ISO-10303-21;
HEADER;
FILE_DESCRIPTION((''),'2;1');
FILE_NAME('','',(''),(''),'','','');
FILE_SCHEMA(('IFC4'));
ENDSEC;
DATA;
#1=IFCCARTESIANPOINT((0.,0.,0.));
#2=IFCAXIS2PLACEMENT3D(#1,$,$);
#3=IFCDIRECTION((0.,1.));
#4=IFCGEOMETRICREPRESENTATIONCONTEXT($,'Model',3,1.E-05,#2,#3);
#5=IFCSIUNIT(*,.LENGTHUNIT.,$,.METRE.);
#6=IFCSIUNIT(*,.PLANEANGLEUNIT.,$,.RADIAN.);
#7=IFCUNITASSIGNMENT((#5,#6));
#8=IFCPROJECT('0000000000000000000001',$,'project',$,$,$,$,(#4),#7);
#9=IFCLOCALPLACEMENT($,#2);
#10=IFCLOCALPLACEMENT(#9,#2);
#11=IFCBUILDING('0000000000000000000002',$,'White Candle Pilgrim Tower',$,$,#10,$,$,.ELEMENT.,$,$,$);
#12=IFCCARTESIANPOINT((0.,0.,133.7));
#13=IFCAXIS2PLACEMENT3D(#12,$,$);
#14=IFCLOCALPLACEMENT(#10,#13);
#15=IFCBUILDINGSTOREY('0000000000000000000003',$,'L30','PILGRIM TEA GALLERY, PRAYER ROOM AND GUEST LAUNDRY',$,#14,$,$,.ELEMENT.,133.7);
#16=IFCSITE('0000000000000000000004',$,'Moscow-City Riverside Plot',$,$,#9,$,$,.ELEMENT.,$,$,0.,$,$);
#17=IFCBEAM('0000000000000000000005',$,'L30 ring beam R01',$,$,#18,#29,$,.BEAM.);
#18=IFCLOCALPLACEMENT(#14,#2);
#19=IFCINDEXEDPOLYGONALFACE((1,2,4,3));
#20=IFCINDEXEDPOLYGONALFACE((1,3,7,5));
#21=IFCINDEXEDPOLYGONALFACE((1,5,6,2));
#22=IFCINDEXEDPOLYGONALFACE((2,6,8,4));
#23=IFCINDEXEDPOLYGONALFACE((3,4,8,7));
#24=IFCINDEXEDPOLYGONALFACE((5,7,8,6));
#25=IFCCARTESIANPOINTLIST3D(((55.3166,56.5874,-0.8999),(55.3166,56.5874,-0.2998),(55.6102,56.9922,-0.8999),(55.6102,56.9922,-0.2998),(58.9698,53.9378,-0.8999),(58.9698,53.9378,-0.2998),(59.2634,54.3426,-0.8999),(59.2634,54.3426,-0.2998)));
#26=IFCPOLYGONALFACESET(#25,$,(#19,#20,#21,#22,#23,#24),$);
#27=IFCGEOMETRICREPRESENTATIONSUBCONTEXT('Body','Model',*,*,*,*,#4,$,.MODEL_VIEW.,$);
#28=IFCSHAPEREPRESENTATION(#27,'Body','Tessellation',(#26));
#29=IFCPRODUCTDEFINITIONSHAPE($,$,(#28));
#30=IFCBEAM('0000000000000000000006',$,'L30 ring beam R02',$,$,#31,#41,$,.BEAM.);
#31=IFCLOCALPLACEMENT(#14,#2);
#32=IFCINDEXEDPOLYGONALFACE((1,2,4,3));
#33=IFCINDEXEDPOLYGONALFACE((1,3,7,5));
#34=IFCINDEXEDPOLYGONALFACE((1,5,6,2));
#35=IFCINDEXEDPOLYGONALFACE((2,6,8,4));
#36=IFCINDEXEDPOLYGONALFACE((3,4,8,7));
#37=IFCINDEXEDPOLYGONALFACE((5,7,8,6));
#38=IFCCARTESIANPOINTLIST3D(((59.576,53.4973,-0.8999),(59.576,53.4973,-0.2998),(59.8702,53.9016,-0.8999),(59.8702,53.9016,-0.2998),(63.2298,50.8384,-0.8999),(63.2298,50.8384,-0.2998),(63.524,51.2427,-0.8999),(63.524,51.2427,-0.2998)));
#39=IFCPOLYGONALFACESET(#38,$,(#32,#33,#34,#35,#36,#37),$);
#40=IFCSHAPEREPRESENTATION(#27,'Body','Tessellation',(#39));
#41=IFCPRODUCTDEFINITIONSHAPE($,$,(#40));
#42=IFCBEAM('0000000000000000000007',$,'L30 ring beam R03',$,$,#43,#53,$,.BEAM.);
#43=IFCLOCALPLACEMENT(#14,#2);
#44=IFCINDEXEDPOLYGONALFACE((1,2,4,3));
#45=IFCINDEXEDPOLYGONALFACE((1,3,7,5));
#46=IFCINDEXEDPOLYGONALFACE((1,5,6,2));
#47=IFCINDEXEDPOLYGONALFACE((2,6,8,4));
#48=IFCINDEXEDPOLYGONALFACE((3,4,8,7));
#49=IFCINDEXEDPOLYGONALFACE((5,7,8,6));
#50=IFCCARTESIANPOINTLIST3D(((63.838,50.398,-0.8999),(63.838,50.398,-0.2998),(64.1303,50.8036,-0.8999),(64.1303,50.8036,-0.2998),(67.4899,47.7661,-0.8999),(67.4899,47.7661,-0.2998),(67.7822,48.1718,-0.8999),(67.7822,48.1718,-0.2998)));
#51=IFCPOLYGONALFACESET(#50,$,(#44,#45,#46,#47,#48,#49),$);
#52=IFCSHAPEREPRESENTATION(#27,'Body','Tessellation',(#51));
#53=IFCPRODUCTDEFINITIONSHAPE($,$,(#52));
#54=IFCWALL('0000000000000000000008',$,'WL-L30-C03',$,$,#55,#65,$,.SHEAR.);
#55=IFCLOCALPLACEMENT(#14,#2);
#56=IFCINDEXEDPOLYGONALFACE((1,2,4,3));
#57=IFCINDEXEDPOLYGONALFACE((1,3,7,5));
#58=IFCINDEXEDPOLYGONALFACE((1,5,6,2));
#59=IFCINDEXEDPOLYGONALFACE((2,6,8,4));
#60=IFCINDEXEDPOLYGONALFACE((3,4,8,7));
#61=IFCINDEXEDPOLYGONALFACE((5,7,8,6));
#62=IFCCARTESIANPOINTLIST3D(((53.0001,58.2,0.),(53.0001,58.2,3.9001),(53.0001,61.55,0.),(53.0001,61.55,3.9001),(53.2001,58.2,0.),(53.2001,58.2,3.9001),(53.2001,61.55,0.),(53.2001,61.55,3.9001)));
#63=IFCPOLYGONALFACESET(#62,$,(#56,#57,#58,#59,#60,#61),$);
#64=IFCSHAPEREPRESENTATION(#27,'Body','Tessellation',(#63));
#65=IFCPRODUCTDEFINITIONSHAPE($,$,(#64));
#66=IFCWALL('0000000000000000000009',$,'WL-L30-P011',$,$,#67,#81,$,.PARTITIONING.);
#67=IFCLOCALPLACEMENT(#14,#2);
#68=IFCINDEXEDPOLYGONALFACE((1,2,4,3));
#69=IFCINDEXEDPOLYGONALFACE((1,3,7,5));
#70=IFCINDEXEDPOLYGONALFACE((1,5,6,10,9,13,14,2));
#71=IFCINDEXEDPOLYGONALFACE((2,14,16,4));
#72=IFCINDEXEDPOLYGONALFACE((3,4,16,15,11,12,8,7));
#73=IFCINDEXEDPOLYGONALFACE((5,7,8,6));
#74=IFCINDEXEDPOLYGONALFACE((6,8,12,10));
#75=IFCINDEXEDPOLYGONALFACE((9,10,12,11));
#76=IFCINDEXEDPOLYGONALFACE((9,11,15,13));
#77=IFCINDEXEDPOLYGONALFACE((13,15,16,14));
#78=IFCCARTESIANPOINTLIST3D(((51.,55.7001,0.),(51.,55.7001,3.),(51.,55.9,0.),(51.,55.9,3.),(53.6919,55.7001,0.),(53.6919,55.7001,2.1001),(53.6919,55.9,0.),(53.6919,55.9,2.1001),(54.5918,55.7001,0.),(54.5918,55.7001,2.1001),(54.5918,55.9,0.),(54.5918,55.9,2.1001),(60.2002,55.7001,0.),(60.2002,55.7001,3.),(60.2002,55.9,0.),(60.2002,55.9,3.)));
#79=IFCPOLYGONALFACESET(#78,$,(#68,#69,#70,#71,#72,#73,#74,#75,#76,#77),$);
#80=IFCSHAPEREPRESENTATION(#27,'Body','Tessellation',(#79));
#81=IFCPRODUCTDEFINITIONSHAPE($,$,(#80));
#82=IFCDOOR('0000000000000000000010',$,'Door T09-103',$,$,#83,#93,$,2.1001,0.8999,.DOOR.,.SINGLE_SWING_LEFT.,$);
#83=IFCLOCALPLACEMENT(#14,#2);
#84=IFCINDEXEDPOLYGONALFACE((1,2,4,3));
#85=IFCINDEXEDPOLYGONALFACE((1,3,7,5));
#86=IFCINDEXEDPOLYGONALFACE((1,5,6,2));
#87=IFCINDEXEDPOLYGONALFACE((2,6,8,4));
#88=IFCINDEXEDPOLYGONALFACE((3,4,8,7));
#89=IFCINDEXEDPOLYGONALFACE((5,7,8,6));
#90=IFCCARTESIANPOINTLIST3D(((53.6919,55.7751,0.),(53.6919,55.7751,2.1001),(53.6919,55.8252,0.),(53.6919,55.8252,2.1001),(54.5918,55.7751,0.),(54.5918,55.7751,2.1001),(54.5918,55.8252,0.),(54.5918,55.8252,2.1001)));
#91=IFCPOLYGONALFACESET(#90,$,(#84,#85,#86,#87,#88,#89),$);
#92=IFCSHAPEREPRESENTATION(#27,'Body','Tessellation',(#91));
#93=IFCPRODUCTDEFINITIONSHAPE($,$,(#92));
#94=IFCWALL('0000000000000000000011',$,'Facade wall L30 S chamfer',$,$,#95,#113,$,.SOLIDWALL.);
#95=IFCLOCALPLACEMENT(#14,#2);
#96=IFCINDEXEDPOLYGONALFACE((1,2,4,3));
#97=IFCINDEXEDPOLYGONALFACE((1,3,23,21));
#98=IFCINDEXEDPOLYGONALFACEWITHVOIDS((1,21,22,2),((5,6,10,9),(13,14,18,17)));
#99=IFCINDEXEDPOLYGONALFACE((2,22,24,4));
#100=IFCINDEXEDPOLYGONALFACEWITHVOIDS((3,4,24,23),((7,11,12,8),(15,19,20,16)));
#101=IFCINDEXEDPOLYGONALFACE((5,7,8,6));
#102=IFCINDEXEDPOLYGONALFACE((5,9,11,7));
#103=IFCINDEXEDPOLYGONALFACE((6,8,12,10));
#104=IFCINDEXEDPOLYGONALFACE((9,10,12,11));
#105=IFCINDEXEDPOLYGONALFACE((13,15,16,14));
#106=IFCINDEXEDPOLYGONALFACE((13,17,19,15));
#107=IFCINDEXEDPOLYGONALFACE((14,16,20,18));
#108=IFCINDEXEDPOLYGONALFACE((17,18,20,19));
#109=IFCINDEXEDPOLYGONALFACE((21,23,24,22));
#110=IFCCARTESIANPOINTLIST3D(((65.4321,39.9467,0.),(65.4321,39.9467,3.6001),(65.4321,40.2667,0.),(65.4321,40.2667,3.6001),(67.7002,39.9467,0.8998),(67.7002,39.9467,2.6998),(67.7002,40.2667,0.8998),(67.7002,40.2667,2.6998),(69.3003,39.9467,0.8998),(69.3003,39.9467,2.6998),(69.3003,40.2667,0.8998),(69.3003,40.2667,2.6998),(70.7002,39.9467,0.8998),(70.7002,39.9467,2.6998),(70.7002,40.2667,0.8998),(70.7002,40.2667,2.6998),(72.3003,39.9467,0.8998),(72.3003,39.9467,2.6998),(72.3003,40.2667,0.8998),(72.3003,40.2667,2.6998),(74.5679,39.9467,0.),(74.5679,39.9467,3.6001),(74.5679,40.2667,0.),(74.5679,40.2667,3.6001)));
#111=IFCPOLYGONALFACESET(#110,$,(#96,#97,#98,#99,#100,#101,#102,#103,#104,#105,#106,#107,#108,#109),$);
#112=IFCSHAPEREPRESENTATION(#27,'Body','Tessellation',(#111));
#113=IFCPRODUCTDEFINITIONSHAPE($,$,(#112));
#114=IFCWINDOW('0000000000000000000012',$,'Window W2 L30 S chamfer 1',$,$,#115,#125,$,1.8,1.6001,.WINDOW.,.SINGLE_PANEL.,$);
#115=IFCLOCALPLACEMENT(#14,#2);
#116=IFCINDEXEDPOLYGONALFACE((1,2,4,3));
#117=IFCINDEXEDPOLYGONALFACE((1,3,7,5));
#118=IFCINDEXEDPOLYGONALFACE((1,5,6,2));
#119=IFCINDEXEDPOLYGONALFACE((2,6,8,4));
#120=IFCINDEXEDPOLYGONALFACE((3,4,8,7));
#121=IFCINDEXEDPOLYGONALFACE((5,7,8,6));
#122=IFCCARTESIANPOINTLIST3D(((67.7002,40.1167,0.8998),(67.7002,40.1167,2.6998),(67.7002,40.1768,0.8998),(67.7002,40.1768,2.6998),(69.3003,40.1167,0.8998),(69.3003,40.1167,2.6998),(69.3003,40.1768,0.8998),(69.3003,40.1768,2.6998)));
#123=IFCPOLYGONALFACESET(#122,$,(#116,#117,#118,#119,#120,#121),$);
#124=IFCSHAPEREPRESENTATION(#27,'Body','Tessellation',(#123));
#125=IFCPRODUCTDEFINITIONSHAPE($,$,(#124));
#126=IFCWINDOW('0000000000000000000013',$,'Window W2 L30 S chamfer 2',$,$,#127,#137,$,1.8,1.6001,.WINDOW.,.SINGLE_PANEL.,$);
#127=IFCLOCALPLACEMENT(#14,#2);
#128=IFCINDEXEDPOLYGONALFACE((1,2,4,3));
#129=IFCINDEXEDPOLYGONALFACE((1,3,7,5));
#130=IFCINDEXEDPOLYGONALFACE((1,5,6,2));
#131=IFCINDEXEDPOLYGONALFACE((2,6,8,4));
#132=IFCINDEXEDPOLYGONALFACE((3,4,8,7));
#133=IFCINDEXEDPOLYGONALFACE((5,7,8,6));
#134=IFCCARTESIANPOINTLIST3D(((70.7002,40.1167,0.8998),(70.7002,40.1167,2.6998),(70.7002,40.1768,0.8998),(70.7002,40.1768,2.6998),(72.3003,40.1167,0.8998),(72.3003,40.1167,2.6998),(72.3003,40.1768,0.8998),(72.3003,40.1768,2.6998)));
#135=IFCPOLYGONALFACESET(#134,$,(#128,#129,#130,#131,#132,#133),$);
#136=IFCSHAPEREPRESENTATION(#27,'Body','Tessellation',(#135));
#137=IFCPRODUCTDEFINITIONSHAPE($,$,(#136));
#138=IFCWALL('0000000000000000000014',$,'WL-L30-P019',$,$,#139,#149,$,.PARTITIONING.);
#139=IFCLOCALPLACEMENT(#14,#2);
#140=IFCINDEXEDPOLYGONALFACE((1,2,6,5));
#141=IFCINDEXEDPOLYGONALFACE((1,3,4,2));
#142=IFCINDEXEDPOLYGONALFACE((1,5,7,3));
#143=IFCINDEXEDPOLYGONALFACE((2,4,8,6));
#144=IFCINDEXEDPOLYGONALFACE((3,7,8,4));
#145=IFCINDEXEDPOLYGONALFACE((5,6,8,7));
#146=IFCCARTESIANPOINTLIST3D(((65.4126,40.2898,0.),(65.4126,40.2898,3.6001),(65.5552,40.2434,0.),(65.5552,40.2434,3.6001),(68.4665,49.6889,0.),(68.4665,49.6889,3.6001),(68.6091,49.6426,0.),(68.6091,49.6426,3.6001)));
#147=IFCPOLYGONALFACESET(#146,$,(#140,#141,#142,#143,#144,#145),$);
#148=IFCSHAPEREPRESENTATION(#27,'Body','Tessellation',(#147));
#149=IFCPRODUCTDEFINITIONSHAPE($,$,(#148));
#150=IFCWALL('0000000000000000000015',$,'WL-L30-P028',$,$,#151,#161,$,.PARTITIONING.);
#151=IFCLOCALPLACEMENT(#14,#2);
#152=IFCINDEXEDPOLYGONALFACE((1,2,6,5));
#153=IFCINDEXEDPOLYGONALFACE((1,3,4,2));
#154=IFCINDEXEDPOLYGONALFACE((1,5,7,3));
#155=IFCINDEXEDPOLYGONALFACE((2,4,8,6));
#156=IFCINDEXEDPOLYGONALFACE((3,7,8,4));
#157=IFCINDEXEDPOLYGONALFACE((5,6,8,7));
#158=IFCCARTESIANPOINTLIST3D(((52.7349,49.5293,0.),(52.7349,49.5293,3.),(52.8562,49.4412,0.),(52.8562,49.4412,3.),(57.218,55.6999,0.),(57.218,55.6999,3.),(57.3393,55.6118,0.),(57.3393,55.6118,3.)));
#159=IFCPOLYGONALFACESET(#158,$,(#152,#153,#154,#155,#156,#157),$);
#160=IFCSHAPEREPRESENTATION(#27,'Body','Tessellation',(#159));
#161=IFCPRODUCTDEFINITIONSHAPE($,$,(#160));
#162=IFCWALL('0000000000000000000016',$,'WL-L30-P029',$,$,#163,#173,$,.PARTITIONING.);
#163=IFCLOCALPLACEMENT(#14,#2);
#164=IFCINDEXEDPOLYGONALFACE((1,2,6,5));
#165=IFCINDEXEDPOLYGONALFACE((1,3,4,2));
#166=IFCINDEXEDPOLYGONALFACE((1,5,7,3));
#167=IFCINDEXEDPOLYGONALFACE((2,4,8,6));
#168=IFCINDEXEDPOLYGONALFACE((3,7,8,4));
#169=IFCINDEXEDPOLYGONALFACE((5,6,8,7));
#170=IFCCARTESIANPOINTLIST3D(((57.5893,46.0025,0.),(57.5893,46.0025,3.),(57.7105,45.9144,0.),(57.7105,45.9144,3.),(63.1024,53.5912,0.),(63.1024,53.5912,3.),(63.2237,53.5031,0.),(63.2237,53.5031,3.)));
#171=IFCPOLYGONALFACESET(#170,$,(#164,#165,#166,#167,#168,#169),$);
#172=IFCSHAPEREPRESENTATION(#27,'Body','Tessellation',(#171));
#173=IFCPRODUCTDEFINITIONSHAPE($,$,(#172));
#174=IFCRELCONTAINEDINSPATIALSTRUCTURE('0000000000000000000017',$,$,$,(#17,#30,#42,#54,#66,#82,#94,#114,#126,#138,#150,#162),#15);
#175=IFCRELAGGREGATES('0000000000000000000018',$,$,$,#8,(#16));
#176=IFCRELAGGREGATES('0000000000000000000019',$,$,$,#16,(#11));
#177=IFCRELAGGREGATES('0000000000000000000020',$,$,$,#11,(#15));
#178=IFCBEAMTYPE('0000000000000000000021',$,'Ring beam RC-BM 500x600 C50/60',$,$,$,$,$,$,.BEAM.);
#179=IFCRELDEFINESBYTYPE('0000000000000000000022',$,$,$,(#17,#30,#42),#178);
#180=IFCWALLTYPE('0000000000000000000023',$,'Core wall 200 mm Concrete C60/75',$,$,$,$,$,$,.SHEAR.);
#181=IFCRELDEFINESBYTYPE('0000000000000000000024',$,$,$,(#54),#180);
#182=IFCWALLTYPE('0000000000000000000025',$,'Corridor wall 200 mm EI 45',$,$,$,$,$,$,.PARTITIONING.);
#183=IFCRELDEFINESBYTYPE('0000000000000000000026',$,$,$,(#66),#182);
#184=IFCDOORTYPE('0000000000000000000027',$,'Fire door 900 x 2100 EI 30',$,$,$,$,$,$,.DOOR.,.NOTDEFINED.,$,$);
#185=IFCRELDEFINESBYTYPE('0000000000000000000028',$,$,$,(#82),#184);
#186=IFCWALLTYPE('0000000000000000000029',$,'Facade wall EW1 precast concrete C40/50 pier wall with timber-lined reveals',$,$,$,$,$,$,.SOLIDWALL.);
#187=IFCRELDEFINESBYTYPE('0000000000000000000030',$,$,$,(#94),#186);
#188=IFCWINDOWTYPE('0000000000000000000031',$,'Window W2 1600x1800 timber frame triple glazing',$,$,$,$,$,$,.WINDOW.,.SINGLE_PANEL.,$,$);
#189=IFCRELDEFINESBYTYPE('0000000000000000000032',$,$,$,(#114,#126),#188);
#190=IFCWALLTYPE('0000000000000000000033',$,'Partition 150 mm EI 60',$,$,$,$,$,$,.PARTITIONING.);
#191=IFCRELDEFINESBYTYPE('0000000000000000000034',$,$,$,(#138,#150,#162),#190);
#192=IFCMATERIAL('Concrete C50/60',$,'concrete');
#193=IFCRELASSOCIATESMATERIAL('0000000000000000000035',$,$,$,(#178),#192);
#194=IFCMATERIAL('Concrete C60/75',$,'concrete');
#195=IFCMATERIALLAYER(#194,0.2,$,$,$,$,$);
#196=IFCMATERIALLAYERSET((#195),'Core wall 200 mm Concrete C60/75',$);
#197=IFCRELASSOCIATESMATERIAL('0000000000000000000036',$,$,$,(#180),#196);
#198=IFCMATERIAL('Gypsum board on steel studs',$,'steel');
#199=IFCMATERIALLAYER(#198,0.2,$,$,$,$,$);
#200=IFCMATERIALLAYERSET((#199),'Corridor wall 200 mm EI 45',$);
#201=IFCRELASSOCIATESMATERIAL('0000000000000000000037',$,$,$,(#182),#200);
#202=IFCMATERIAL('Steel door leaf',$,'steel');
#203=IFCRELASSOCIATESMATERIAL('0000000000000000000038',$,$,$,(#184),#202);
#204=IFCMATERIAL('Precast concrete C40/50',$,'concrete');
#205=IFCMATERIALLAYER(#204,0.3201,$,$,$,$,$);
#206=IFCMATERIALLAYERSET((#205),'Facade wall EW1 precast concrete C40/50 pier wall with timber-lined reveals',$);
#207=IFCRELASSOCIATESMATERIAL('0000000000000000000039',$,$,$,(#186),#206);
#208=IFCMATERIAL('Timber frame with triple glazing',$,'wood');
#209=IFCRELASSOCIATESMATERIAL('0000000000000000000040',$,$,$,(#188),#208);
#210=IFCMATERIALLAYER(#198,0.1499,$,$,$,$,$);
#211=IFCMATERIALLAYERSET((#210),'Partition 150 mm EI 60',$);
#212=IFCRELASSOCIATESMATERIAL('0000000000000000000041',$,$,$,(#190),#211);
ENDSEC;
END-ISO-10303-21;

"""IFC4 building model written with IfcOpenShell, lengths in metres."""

from ifc_helpers import new_model, si_unit, direction, frame, frame_2d, origin, origin_2d, place, context, subcontext, project, spatial, rectangle, extrude, material, layer, layer_set, material_profile, profile_set, type_object, element, fill, save


model = new_model("IFC4")

# Units and contexts
model_context = context("Model", 3, precision=1e-05, world=origin(), true_north=direction((0.0, 1.0)))
body_context = subcontext(model_context, "Body", "Model", "MODEL_VIEW")
ifc_project = project(units=[si_unit("LENGTHUNIT", "METRE"), si_unit("PLANEANGLEUNIT", "RADIAN")], contexts=[model_context])

# Site, building, storey
site_placement = place(None, origin())
site = spatial("IfcSite", under=ifc_project, at=site_placement, Name="Moscow-City Riverside Plot", CompositionType="ELEMENT", RefElevation=0.0)
building_placement = place(site_placement, origin())
building = spatial("IfcBuilding", under=site, at=building_placement, Name="White Candle Pilgrim Tower", CompositionType="ELEMENT")
storey_placement = place(building_placement, frame((0.0, 0.0, 133.7)))
storey = spatial("IfcBuildingStorey", under=building, at=storey_placement, Name="L30", Description="PILGRIM TEA GALLERY, PRAYER ROOM AND GUEST LAUNDRY", CompositionType="ELEMENT", Elevation=133.7)

# Beams
ifc_material_1 = material(Name="Concrete C50/60", Category="concrete")
ifc_material_profile_1 = material_profile(ifc_material_1, rectangle(XDim=0.5, YDim=0.6001, at=origin_2d()), Name="RC-BM 500x600")
ifc_profile_set_1 = profile_set([ifc_material_profile_1], Name="Concrete C50/60")
beam_type = type_object("IfcBeamType", Name="Ring beam RC-BM 500x600 C50/60", PredefinedType="BEAM", material=ifc_profile_set_1)
beam_1_placement = place(storey_placement, frame((55.4634, 56.7898, -0.5999), z_axis=(0.809505, -0.587113, 0.0), x_axis=(0.587113, 0.809505, 0.0)))
element("IfcBeam", 1, at=beam_1_placement, inside=storey, type_object=beam_type, Name="L30 ring beam R01", PredefinedType="BEAM", context=body_context, shape_type="SweptSolid", body=[
    extrude(rectangle(XDim=0.5, YDim=0.6001, at=origin_2d()), origin(), (0.0, 0.0, 1.0), 4.5129),
])
beam_2_placement = place(storey_placement, frame((59.7231, 53.6995, -0.5999), z_axis=(0.808566, -0.588406, 0.0), x_axis=(0.588406, 0.808566, 0.0)))
element("IfcBeam", 2, at=beam_2_placement, inside=storey, type_object=beam_type, Name="L30 ring beam R02", PredefinedType="BEAM", context=body_context, shape_type="SweptSolid", body=[
    extrude(rectangle(XDim=0.5, YDim=0.6001, at=origin_2d()), origin(), (0.0, 0.0, 1.0), 4.5188),
])
beam_3_placement = place(storey_placement, frame((63.9841, 50.6008, -0.5999), z_axis=(0.811271, -0.58467, 0.0), x_axis=(0.58467, 0.811271, 0.0)))
element("IfcBeam", 3, at=beam_3_placement, inside=storey, type_object=beam_type, Name="L30 ring beam R03", PredefinedType="BEAM", context=body_context, shape_type="SweptSolid", body=[
    extrude(rectangle(XDim=0.5, YDim=0.6001, at=origin_2d()), origin(), (0.0, 0.0, 1.0), 4.5015),
])

# Wall
ifc_material_2 = material(Name="Concrete C60/75", Category="concrete")
ifc_layer_1 = layer(ifc_material_2, 0.2)
ifc_layer_set_1 = layer_set([ifc_layer_1], Name="Core wall 200 mm Concrete C60/75")
wall_type_1 = type_object("IfcWallType", Name="Core wall 200 mm Concrete C60/75", PredefinedType="SHEAR", material=ifc_layer_set_1)
wall_1_placement = place(storey_placement, frame((53.1001, 58.2, 0.0), z_axis=(0.0, 0.0, 1.0), x_axis=(0.0, 1.0, 0.0)))
element("IfcWall", 4, at=wall_1_placement, inside=storey, type_object=wall_type_1, Name="WL-L30-C03", PredefinedType="SHEAR", context=body_context, shape_type="SweptSolid", body=[
    extrude(rectangle(XDim=3.3501, YDim=0.2, at=frame_2d((1.675, 0.0))), origin(), (0.0, 0.0, 1.0), 3.9001),
])

# Wall, opening, door
ifc_material_3 = material(Name="Gypsum board on steel studs", Category="steel")
ifc_layer_2 = layer(ifc_material_3, 0.2)
ifc_layer_set_2 = layer_set([ifc_layer_2], Name="Corridor wall 200 mm EI 45")
wall_type_2 = type_object("IfcWallType", Name="Corridor wall 200 mm EI 45", PredefinedType="PARTITIONING", material=ifc_layer_set_2)
wall_2_placement = place(storey_placement, frame((60.2002, 55.8, 0.0), z_axis=(0.0, 0.0, 1.0), x_axis=(-1.0, 0.0, 0.0)))
wall_2 = element("IfcWall", 5, at=wall_2_placement, inside=storey, type_object=wall_type_2, Name="WL-L30-P011", PredefinedType="PARTITIONING", context=body_context, shape_type="SweptSolid", body=[
    extrude(rectangle(XDim=9.2002, YDim=0.2, at=frame_2d((4.6001, 0.0))), origin(), (0.0, 0.0, 1.0), 3.0),
])
opening_1_placement = place(wall_2_placement, frame((5.6084, 0.0, 0.0)))
opening_1 = element("IfcOpeningElement", 6, at=opening_1_placement, cuts=wall_2, PredefinedType="OPENING", context=body_context, shape_type="SweptSolid", body=[
    extrude(rectangle(XDim=0.8999, YDim=2.1001, at=frame_2d((0.45, 1.05))), frame((0.0, 0.1099, 0.0), z_axis=(0.0, -1.0, 0.0), x_axis=(1.0, 0.0, 0.0)), (0.0, 0.0, 1.0), 0.22),
])
ifc_material_4 = material(Name="Steel door leaf", Category="steel")
door_type_1 = type_object("IfcDoorType", Name="Fire door 900 x 2100 EI 30", OperationType="NOTDEFINED", PredefinedType="DOOR", material=ifc_material_4)
door_1_placement = place(opening_1_placement, origin())
door_1 = element("IfcDoor", 7, at=door_1_placement, inside=storey, type_object=door_type_1, Name="Door T09-103", OperationType="SINGLE_SWING_LEFT", OverallHeight=2.1001, OverallWidth=0.8999, PredefinedType="DOOR", context=body_context, shape_type="SweptSolid", body=[
    extrude(rectangle(XDim=0.8999, YDim=2.1001, at=frame_2d((0.45, 1.05))), frame((0.0, 0.0249, 0.0), z_axis=(0.0, -1.0, 0.0), x_axis=(1.0, 0.0, 0.0)), (0.0, 0.0, 1.0), 0.05),
])
fill(opening_1, door_1)

# Wall, openings, windows
ifc_material_5 = material(Name="Precast concrete C40/50", Category="concrete")
ifc_layer_3 = layer(ifc_material_5, 0.3201)
ifc_layer_set_3 = layer_set([ifc_layer_3], Name="Facade wall EW1 precast concrete C40/50 pier wall with timber-lined reveals")
wall_type_3 = type_object("IfcWallType", Name="Facade wall EW1 precast concrete C40/50 pier wall with timber-lined reveals", PredefinedType="SOLIDWALL", material=ifc_layer_set_3)
wall_3_placement = place(storey_placement, frame((65.4321, 40.1067, 0.0), z_axis=(0.0, 0.0, 1.0), x_axis=(1.0, 0.0, 0.0)))
wall_3 = element("IfcWall", 8, at=wall_3_placement, inside=storey, type_object=wall_type_3, Name="Facade wall L30 S chamfer", PredefinedType="SOLIDWALL", context=body_context, shape_type="SweptSolid", body=[
    extrude(rectangle(XDim=9.1357, YDim=0.3201, at=frame_2d((4.5679, 0.0))), origin(), (0.0, 0.0, 1.0), 3.6001),
])
opening_2_placement = place(wall_3_placement, frame((2.2681, 0.0, 0.8999)))
opening_2 = element("IfcOpeningElement", 9, at=opening_2_placement, cuts=wall_3, PredefinedType="OPENING", context=body_context, shape_type="SweptSolid", body=[
    extrude(rectangle(XDim=1.6001, YDim=1.8, at=frame_2d((0.8, 0.8999))), frame((0.0, 0.1699, 0.0), z_axis=(0.0, -1.0, 0.0), x_axis=(1.0, 0.0, 0.0)), (0.0, 0.0, 1.0), 0.3401),
])
opening_3_placement = place(wall_3_placement, frame((5.2681, 0.0, 0.8999)))
opening_3 = element("IfcOpeningElement", 10, at=opening_3_placement, cuts=wall_3, PredefinedType="OPENING", context=body_context, shape_type="SweptSolid", body=[
    extrude(rectangle(XDim=1.6001, YDim=1.8, at=frame_2d((0.8, 0.8999))), frame((0.0, 0.1699, 0.0), z_axis=(0.0, -1.0, 0.0), x_axis=(1.0, 0.0, 0.0)), (0.0, 0.0, 1.0), 0.3401),
])
ifc_material_6 = material(Name="Timber frame with triple glazing", Category="wood")
window_type = type_object("IfcWindowType", Name="Window W2 1600x1800 timber frame triple glazing", PartitioningType="SINGLE_PANEL", PredefinedType="WINDOW", material=ifc_material_6)
window_1_placement = place(opening_2_placement, origin())
window_1 = element("IfcWindow", 11, at=window_1_placement, inside=storey, type_object=window_type, Name="Window W2 L30 S chamfer 1", OverallHeight=1.8, OverallWidth=1.6001, PartitioningType="SINGLE_PANEL", PredefinedType="WINDOW", context=body_context, shape_type="SweptSolid", body=[
    extrude(rectangle(XDim=1.6001, YDim=1.8, at=frame_2d((0.8, 0.8999))), frame((0.0, 0.0701, 0.0), z_axis=(0.0, -1.0, 0.0), x_axis=(1.0, 0.0, 0.0)), (0.0, 0.0, 1.0), 0.0601),
])
fill(opening_2, window_1)
window_2_placement = place(opening_3_placement, origin())
window_2 = element("IfcWindow", 12, at=window_2_placement, inside=storey, type_object=window_type, Name="Window W2 L30 S chamfer 2", OverallHeight=1.8, OverallWidth=1.6001, PartitioningType="SINGLE_PANEL", PredefinedType="WINDOW", context=body_context, shape_type="SweptSolid", body=[
    extrude(rectangle(XDim=1.6001, YDim=1.8, at=frame_2d((0.8, 0.8999))), frame((0.0, 0.0701, 0.0), z_axis=(0.0, -1.0, 0.0), x_axis=(1.0, 0.0, 0.0)), (0.0, 0.0, 1.0), 0.0601),
])
fill(opening_3, window_2)

# Walls
ifc_layer_4 = layer(ifc_material_3, 0.1499)
ifc_layer_set_4 = layer_set([ifc_layer_4], Name="Partition 150 mm EI 60")
wall_type_4 = type_object("IfcWallType", Name="Partition 150 mm EI 60", PredefinedType="PARTITIONING", material=ifc_layer_set_4)
wall_4_placement = place(storey_placement, frame((65.4839, 40.2666, 0.0), z_axis=(0.0, 0.0, 1.0), x_axis=(0.309015, 0.951057, 0.0)))
element("IfcWall", 13, at=wall_4_placement, inside=storey, type_object=wall_type_4, Name="WL-L30-P019", PredefinedType="PARTITIONING", context=body_context, shape_type="SweptSolid", body=[
    extrude(rectangle(XDim=9.8828, YDim=0.1499, at=frame_2d((4.9414, 0.0))), origin(), (0.0, 0.0, 1.0), 3.6001),
])
wall_5_placement = place(storey_placement, frame((52.7957, 49.4854, 0.0), z_axis=(0.0, 0.0, 1.0), x_axis=(0.587778, 0.809023, 0.0)))
element("IfcWall", 14, at=wall_5_placement, inside=storey, type_object=wall_type_4, Name="WL-L30-P028", PredefinedType="PARTITIONING", context=body_context, shape_type="SweptSolid", body=[
    extrude(rectangle(XDim=7.6272, YDim=0.1499, at=frame_2d((3.8135, 0.0))), origin(), (0.0, 0.0, 1.0), 3.0),
])
for number, where, z_axis, x_axis, name in (
    (15, (57.6499, 45.9585, 0.0), (0.0, 0.0, 1.0), (0.587766, 0.809031, 0.0), "WL-L30-P029"),
):
    element("IfcWall", number, at=place(storey_placement, frame(where, z_axis=z_axis, x_axis=x_axis)), inside=storey, type_object=wall_type_4, Name=name, PredefinedType="PARTITIONING", context=body_context, shape_type="SweptSolid", body=[
        extrude(rectangle(XDim=9.3799, YDim=0.1499, at=frame_2d((4.6899, 0.0))), origin(), (0.0, 0.0, 1.0), 3.0),
    ])

save(model, "model.ifc")
